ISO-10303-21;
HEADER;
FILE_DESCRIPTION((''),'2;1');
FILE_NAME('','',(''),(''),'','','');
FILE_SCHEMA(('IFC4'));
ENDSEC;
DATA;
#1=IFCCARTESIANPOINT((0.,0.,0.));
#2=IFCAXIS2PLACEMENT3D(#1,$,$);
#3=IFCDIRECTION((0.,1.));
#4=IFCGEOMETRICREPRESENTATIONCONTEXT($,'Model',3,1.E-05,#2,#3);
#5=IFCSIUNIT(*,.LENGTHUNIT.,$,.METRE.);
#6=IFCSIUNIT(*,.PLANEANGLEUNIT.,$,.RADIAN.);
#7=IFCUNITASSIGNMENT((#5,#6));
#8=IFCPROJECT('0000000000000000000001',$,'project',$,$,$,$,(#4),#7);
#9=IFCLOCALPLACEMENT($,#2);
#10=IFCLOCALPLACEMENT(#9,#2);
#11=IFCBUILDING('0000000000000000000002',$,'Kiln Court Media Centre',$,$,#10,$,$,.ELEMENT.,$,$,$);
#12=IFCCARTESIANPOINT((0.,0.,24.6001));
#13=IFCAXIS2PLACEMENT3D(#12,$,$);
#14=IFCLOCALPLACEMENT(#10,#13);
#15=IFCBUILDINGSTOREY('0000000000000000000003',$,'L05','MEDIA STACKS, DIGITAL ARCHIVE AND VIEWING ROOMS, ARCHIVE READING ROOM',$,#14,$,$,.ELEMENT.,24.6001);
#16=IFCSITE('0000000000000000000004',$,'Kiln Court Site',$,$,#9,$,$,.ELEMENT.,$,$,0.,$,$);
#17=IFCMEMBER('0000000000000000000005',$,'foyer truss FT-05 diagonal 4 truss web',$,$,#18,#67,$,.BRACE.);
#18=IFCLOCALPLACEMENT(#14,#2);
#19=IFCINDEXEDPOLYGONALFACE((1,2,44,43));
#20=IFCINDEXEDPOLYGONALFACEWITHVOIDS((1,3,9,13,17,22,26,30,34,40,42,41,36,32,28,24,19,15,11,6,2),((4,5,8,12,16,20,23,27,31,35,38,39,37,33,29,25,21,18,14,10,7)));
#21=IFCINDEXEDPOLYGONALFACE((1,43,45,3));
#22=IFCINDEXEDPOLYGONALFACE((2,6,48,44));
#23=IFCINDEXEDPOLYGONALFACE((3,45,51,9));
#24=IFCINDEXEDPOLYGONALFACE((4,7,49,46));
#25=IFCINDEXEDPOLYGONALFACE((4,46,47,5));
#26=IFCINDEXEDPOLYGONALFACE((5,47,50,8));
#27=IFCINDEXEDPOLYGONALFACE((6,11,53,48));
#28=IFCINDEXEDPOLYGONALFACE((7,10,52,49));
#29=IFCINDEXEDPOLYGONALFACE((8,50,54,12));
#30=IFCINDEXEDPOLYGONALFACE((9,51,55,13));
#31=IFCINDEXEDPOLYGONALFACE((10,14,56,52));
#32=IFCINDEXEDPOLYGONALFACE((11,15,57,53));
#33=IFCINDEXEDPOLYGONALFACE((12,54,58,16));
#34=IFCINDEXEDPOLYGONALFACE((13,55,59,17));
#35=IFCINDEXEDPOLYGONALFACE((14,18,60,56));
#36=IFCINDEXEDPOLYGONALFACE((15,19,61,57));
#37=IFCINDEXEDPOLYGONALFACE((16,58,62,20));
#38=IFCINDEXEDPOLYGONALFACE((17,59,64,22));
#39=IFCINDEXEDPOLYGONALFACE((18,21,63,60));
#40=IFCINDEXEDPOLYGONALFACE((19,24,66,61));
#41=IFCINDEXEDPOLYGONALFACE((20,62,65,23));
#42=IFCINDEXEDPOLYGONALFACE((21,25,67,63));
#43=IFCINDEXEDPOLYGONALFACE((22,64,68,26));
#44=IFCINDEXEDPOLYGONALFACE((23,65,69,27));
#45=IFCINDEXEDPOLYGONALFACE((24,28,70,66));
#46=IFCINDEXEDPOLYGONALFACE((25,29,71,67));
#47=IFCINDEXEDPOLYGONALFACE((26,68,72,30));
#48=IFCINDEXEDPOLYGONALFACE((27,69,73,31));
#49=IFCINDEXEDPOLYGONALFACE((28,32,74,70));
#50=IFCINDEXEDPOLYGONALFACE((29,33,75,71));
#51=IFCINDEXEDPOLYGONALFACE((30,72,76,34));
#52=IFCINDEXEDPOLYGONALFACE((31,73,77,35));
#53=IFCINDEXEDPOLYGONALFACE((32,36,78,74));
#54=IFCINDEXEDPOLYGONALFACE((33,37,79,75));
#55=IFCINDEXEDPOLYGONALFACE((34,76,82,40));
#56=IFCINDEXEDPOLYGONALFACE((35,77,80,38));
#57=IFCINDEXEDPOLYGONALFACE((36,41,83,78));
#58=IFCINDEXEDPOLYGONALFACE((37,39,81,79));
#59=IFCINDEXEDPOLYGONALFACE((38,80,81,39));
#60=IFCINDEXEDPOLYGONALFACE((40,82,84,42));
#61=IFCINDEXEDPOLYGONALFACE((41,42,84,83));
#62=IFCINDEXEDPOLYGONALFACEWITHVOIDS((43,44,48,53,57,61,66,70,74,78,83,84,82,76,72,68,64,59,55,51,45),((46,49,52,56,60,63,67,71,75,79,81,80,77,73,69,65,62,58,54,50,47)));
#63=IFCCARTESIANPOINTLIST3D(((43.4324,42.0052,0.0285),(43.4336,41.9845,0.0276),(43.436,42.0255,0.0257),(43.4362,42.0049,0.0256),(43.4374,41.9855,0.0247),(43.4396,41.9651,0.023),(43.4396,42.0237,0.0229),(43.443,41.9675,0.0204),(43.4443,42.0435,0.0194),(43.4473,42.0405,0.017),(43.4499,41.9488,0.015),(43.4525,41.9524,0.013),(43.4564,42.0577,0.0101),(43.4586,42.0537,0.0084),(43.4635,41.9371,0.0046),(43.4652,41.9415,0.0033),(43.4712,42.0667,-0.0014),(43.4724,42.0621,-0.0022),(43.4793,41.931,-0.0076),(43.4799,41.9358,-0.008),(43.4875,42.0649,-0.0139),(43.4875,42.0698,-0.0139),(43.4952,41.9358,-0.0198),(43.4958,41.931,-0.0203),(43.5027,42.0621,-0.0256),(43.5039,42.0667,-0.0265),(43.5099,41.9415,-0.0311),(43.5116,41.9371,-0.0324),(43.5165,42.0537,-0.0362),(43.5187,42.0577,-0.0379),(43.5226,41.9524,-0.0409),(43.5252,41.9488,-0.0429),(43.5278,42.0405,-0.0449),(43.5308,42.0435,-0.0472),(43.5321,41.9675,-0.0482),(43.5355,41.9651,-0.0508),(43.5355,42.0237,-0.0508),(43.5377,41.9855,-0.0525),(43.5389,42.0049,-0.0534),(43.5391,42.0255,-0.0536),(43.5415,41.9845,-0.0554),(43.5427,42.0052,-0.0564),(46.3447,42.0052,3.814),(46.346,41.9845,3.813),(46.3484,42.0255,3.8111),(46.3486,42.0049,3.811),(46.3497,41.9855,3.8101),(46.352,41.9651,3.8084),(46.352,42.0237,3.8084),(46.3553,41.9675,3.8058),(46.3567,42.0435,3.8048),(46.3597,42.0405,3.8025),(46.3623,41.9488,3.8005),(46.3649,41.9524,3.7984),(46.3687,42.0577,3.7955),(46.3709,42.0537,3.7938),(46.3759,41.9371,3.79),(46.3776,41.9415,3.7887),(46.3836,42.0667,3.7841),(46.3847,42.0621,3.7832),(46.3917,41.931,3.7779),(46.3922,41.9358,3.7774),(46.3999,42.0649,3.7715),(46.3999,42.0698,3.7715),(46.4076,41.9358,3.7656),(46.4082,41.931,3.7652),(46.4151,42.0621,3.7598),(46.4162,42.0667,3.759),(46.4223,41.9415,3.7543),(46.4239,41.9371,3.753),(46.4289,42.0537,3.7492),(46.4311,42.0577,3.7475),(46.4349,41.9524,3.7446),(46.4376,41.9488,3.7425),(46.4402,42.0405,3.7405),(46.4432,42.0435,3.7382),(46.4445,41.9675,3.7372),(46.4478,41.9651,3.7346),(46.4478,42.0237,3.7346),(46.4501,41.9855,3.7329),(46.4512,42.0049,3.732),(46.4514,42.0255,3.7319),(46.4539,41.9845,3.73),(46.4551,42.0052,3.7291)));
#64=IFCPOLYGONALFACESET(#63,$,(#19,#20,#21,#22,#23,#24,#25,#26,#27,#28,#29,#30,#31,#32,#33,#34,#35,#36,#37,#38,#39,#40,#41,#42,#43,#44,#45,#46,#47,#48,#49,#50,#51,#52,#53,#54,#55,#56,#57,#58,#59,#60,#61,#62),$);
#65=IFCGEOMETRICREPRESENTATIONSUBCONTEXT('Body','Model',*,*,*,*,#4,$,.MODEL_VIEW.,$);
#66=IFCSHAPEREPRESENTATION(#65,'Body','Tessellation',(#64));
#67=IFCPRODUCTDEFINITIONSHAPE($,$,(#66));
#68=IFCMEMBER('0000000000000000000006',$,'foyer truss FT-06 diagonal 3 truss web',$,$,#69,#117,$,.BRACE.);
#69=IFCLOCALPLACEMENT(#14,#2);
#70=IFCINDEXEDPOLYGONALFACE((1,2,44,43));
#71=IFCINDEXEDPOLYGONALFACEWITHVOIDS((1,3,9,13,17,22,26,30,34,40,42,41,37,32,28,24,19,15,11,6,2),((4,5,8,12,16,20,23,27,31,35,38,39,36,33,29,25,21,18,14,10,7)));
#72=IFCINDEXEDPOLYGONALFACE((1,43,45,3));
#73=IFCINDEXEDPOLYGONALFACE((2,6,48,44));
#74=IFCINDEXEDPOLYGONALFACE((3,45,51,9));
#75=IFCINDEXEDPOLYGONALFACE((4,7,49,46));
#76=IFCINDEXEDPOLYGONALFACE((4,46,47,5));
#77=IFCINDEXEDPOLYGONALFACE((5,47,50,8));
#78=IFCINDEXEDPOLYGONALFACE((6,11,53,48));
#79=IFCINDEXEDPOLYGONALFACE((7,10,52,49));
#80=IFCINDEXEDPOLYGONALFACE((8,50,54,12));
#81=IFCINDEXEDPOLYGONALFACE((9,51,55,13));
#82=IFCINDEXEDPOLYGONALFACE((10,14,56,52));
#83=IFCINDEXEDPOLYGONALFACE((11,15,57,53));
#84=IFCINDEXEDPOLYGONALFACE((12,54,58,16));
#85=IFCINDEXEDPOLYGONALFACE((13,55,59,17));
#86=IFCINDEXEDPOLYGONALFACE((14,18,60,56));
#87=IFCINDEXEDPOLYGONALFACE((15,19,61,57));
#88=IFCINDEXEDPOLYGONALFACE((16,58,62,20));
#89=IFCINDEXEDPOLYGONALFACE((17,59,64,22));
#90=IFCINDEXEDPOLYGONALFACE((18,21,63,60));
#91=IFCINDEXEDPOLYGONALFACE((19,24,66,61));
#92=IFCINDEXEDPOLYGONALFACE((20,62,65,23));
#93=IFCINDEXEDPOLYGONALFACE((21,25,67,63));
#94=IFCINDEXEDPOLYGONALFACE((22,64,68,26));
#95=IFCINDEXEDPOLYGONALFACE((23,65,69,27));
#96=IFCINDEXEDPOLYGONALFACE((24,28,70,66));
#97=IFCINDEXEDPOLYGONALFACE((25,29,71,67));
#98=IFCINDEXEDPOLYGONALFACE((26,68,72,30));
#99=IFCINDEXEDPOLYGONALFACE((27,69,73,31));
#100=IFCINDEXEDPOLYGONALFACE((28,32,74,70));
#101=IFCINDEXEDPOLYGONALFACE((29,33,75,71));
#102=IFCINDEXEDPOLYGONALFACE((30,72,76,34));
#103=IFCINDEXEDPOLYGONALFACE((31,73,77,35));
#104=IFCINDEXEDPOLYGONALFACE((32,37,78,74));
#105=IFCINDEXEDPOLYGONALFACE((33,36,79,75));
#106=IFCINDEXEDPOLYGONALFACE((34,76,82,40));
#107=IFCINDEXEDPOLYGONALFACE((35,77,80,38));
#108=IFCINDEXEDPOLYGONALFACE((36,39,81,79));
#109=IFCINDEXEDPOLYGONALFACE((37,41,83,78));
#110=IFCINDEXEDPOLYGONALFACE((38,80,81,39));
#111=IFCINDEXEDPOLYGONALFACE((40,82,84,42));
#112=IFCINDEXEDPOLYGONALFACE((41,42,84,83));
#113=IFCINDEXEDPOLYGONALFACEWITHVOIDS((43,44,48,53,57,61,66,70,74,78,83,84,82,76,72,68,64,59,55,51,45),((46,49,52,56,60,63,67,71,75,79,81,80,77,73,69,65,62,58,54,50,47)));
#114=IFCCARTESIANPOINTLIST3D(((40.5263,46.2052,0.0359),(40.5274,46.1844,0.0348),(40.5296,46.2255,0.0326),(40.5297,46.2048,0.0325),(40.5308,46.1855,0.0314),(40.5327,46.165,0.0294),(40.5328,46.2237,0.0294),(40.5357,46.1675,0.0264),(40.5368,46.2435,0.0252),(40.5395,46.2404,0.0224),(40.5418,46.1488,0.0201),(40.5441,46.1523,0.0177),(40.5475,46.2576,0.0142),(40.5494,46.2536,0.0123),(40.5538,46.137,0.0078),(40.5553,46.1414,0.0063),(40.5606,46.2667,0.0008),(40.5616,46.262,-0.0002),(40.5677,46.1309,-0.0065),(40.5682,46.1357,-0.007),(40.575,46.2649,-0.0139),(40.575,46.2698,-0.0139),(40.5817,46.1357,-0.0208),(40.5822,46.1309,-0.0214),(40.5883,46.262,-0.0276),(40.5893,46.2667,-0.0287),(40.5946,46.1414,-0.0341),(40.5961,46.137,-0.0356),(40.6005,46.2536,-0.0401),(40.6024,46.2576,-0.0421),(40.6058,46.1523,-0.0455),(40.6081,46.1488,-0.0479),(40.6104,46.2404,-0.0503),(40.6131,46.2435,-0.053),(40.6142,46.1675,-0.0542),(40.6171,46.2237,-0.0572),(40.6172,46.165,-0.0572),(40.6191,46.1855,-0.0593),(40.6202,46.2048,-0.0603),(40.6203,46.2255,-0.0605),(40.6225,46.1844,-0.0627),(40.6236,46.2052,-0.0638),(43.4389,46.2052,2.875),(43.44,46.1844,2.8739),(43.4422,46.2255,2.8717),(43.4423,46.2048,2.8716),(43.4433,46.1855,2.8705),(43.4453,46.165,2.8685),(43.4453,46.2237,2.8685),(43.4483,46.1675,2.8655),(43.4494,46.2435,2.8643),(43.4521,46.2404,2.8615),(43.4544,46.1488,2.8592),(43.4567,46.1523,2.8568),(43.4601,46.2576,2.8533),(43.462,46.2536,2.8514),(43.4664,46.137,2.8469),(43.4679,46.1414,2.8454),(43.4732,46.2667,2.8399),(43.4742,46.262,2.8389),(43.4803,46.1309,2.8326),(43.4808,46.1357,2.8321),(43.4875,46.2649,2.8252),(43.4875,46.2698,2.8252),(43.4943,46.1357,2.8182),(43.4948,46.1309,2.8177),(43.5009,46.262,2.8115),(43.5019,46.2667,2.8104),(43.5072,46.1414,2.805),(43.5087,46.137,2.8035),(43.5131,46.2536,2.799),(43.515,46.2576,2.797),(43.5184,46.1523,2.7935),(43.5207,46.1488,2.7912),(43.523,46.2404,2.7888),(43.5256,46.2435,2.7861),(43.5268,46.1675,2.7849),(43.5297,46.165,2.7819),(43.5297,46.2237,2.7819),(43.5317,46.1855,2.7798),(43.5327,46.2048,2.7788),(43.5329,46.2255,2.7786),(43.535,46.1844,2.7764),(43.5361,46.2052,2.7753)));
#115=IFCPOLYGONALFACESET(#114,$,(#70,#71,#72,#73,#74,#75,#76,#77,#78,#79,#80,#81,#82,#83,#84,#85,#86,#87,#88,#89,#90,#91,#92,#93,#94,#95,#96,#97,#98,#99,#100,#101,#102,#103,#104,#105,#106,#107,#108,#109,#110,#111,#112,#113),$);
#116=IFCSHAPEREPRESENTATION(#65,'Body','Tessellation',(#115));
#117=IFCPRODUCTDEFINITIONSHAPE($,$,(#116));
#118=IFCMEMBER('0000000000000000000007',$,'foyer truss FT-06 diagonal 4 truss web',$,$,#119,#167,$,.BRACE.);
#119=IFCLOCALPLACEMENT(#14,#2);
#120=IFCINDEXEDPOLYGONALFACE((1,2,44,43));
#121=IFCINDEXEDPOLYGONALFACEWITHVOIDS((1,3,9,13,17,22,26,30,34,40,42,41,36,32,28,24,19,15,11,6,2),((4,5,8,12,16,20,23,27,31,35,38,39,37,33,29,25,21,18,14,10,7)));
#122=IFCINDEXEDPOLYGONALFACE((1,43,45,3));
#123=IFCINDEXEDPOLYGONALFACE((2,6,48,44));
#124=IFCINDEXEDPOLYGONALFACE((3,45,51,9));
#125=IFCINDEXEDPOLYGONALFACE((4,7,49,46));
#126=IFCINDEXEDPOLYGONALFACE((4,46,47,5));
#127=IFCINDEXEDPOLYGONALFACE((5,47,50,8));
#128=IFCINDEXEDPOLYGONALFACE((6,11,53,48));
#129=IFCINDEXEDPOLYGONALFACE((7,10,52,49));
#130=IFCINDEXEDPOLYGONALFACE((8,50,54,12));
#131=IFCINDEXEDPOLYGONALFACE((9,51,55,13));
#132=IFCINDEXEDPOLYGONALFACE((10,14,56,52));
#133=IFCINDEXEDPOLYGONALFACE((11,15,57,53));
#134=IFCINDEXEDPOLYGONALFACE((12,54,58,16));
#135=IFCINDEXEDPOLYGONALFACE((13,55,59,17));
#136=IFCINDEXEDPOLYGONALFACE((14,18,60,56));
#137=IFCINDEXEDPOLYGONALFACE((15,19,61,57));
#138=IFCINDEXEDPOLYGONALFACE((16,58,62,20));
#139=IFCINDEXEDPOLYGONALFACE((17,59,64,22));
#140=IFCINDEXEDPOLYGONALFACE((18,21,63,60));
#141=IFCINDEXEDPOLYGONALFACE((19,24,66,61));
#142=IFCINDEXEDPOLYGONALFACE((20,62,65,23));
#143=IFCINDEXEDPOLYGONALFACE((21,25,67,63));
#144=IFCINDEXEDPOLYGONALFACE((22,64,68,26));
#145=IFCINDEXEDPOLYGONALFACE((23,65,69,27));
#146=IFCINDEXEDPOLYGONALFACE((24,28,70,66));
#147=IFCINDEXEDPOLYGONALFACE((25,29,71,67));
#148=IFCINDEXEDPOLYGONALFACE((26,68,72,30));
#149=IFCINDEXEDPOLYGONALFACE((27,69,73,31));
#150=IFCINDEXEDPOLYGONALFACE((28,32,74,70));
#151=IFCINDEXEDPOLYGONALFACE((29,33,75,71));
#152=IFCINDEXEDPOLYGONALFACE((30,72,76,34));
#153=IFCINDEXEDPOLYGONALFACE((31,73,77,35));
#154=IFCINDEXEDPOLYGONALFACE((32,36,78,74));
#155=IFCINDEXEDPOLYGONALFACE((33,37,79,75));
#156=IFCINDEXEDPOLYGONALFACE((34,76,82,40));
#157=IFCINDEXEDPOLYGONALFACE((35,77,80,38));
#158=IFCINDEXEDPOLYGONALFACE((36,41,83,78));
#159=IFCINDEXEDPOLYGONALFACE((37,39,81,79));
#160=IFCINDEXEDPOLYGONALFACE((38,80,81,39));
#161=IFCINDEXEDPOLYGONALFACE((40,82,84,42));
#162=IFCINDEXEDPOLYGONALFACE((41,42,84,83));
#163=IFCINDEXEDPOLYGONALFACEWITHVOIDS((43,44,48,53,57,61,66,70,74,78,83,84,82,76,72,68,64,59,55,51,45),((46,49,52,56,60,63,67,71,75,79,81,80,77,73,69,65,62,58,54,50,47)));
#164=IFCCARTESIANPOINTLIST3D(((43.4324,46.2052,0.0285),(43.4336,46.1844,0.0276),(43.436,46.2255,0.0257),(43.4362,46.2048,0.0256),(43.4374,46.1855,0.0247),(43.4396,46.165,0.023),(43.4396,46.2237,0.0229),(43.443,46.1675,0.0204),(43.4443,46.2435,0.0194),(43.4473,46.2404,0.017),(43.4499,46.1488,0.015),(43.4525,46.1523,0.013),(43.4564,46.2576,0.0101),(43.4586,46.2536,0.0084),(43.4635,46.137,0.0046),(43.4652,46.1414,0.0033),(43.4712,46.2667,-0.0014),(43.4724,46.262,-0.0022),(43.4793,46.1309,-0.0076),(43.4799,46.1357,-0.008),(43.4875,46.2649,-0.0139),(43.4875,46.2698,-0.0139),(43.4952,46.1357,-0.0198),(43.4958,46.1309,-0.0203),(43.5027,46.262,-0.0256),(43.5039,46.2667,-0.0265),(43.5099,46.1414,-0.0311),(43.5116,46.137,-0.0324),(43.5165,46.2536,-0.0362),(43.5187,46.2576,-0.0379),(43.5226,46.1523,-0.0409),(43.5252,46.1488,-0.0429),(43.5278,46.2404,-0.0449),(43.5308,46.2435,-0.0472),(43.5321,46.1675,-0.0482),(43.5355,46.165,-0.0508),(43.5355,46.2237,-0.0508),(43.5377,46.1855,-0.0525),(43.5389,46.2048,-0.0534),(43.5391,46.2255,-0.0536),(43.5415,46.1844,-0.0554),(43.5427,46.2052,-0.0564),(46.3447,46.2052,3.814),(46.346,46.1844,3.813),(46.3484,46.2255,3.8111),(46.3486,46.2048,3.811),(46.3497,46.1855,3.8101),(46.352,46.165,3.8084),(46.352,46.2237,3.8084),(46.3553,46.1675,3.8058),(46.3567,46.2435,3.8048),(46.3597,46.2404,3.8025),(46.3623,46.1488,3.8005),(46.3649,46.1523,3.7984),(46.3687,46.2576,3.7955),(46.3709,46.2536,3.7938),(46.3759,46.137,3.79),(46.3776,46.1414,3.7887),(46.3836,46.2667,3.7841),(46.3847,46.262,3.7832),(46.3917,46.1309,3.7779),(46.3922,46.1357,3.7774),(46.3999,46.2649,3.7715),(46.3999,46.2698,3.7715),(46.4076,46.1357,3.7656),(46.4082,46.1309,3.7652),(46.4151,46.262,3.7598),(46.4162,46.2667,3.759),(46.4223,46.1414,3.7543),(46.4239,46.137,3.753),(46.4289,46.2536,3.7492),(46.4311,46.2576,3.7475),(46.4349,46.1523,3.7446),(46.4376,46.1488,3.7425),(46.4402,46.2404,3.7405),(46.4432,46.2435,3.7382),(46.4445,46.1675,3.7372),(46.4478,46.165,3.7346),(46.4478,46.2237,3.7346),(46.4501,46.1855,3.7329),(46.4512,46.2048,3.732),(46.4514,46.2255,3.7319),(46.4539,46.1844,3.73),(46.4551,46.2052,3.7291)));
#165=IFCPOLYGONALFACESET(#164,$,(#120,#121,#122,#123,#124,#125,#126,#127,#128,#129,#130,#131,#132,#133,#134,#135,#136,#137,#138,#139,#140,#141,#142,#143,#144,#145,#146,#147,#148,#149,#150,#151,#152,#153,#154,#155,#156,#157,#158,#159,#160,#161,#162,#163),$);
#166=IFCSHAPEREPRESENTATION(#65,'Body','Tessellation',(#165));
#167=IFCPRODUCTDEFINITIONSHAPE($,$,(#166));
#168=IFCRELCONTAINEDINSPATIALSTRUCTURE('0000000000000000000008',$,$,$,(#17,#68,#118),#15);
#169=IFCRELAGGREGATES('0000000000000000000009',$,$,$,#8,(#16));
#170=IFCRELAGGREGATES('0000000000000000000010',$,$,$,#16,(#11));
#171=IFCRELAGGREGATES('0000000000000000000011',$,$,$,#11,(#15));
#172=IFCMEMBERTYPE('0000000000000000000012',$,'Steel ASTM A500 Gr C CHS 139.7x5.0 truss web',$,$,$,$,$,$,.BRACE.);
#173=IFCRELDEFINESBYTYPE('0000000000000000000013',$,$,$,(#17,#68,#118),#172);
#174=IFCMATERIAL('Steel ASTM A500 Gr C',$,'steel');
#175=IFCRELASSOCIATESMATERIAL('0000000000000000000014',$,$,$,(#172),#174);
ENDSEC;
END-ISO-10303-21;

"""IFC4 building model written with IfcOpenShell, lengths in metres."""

from ifc_helpers import new_model, si_unit, direction, frame, origin, origin_2d, place, context, subcontext, project, spatial, hollow_circle, extrude, material, material_profile, profile_set, type_object, element, save


model = new_model("IFC4")

# Units and contexts
model_context = context("Model", 3, precision=1e-05, world=origin(), true_north=direction((0.0, 1.0)))
body_context = subcontext(model_context, "Body", "Model", "MODEL_VIEW")
ifc_project = project(units=[si_unit("LENGTHUNIT", "METRE"), si_unit("PLANEANGLEUNIT", "RADIAN")], contexts=[model_context])

# Site, building, storey
site_placement = place(None, origin())
site = spatial("IfcSite", under=ifc_project, at=site_placement, Name="Kiln Court Site", CompositionType="ELEMENT", RefElevation=0.0)
building_placement = place(site_placement, origin())
building = spatial("IfcBuilding", under=site, at=building_placement, Name="Kiln Court Media Centre", CompositionType="ELEMENT")
storey_placement = place(building_placement, frame((0.0, 0.0, 24.6001)))
storey = spatial("IfcBuildingStorey", under=building, at=storey_placement, Name="L05", Description="MEDIA STACKS, DIGITAL ARCHIVE AND VIEWING ROOMS, ARCHIVE READING ROOM", CompositionType="ELEMENT", Elevation=24.6001)

# Members
ifc_material_1 = material(Name="Steel ASTM A500 Gr C", Category="steel")
ifc_material_profile_1 = material_profile(ifc_material_1, hollow_circle(Radius=0.0698, WallThickness=0.0049, at=origin_2d()), Name="CHS 139.7x5.0")
ifc_profile_set_1 = profile_set([ifc_material_profile_1], Name="Steel ASTM A500 Gr C")
member_type_1 = type_object("IfcMemberType", Name="Steel ASTM A500 Gr C CHS 139.7x5.0 truss web", PredefinedType="BRACE", material=ifc_profile_set_1)
member_1_placement = place(storey_placement, frame((43.4875, 42.0, -0.0139), z_axis=(0.609777, 0.0, 0.792573), x_axis=(0.0, 1.0, 0.0)))
element("IfcMember", 1, at=member_1_placement, inside=storey, type_object=member_type_1, Name="foyer truss FT-05 diagonal 4 truss web", PredefinedType="BRACE", context=body_context, shape_type="SweptSolid", body=[
    extrude(hollow_circle(Radius=0.0698, WallThickness=0.0049, at=origin_2d()), origin(), (0.0, 0.0, 1.0), 4.7761),
])
member_2_placement = place(storey_placement, frame((40.575, 46.2, -0.0139), z_axis=(0.716083, 0.0, 0.698016), x_axis=(0.0, 1.0, 0.0)))
element("IfcMember", 2, at=member_2_placement, inside=storey, type_object=member_type_1, Name="foyer truss FT-06 diagonal 3 truss web", PredefinedType="BRACE", context=body_context, shape_type="SweptSolid", body=[
    extrude(hollow_circle(Radius=0.0698, WallThickness=0.0049, at=origin_2d()), origin(), (0.0, 0.0, 1.0), 4.0674),
])
member_3_placement = place(storey_placement, frame((43.4875, 46.2, -0.0139), z_axis=(0.609777, 0.0, 0.792573), x_axis=(0.0, 1.0, 0.0)))
element("IfcMember", 3, at=member_3_placement, inside=storey, type_object=member_type_1, Name="foyer truss FT-06 diagonal 4 truss web", PredefinedType="BRACE", context=body_context, shape_type="SweptSolid", body=[
    extrude(hollow_circle(Radius=0.0698, WallThickness=0.0049, at=origin_2d()), origin(), (0.0, 0.0, 1.0), 4.7761),
])

save(model, "model.ifc")
